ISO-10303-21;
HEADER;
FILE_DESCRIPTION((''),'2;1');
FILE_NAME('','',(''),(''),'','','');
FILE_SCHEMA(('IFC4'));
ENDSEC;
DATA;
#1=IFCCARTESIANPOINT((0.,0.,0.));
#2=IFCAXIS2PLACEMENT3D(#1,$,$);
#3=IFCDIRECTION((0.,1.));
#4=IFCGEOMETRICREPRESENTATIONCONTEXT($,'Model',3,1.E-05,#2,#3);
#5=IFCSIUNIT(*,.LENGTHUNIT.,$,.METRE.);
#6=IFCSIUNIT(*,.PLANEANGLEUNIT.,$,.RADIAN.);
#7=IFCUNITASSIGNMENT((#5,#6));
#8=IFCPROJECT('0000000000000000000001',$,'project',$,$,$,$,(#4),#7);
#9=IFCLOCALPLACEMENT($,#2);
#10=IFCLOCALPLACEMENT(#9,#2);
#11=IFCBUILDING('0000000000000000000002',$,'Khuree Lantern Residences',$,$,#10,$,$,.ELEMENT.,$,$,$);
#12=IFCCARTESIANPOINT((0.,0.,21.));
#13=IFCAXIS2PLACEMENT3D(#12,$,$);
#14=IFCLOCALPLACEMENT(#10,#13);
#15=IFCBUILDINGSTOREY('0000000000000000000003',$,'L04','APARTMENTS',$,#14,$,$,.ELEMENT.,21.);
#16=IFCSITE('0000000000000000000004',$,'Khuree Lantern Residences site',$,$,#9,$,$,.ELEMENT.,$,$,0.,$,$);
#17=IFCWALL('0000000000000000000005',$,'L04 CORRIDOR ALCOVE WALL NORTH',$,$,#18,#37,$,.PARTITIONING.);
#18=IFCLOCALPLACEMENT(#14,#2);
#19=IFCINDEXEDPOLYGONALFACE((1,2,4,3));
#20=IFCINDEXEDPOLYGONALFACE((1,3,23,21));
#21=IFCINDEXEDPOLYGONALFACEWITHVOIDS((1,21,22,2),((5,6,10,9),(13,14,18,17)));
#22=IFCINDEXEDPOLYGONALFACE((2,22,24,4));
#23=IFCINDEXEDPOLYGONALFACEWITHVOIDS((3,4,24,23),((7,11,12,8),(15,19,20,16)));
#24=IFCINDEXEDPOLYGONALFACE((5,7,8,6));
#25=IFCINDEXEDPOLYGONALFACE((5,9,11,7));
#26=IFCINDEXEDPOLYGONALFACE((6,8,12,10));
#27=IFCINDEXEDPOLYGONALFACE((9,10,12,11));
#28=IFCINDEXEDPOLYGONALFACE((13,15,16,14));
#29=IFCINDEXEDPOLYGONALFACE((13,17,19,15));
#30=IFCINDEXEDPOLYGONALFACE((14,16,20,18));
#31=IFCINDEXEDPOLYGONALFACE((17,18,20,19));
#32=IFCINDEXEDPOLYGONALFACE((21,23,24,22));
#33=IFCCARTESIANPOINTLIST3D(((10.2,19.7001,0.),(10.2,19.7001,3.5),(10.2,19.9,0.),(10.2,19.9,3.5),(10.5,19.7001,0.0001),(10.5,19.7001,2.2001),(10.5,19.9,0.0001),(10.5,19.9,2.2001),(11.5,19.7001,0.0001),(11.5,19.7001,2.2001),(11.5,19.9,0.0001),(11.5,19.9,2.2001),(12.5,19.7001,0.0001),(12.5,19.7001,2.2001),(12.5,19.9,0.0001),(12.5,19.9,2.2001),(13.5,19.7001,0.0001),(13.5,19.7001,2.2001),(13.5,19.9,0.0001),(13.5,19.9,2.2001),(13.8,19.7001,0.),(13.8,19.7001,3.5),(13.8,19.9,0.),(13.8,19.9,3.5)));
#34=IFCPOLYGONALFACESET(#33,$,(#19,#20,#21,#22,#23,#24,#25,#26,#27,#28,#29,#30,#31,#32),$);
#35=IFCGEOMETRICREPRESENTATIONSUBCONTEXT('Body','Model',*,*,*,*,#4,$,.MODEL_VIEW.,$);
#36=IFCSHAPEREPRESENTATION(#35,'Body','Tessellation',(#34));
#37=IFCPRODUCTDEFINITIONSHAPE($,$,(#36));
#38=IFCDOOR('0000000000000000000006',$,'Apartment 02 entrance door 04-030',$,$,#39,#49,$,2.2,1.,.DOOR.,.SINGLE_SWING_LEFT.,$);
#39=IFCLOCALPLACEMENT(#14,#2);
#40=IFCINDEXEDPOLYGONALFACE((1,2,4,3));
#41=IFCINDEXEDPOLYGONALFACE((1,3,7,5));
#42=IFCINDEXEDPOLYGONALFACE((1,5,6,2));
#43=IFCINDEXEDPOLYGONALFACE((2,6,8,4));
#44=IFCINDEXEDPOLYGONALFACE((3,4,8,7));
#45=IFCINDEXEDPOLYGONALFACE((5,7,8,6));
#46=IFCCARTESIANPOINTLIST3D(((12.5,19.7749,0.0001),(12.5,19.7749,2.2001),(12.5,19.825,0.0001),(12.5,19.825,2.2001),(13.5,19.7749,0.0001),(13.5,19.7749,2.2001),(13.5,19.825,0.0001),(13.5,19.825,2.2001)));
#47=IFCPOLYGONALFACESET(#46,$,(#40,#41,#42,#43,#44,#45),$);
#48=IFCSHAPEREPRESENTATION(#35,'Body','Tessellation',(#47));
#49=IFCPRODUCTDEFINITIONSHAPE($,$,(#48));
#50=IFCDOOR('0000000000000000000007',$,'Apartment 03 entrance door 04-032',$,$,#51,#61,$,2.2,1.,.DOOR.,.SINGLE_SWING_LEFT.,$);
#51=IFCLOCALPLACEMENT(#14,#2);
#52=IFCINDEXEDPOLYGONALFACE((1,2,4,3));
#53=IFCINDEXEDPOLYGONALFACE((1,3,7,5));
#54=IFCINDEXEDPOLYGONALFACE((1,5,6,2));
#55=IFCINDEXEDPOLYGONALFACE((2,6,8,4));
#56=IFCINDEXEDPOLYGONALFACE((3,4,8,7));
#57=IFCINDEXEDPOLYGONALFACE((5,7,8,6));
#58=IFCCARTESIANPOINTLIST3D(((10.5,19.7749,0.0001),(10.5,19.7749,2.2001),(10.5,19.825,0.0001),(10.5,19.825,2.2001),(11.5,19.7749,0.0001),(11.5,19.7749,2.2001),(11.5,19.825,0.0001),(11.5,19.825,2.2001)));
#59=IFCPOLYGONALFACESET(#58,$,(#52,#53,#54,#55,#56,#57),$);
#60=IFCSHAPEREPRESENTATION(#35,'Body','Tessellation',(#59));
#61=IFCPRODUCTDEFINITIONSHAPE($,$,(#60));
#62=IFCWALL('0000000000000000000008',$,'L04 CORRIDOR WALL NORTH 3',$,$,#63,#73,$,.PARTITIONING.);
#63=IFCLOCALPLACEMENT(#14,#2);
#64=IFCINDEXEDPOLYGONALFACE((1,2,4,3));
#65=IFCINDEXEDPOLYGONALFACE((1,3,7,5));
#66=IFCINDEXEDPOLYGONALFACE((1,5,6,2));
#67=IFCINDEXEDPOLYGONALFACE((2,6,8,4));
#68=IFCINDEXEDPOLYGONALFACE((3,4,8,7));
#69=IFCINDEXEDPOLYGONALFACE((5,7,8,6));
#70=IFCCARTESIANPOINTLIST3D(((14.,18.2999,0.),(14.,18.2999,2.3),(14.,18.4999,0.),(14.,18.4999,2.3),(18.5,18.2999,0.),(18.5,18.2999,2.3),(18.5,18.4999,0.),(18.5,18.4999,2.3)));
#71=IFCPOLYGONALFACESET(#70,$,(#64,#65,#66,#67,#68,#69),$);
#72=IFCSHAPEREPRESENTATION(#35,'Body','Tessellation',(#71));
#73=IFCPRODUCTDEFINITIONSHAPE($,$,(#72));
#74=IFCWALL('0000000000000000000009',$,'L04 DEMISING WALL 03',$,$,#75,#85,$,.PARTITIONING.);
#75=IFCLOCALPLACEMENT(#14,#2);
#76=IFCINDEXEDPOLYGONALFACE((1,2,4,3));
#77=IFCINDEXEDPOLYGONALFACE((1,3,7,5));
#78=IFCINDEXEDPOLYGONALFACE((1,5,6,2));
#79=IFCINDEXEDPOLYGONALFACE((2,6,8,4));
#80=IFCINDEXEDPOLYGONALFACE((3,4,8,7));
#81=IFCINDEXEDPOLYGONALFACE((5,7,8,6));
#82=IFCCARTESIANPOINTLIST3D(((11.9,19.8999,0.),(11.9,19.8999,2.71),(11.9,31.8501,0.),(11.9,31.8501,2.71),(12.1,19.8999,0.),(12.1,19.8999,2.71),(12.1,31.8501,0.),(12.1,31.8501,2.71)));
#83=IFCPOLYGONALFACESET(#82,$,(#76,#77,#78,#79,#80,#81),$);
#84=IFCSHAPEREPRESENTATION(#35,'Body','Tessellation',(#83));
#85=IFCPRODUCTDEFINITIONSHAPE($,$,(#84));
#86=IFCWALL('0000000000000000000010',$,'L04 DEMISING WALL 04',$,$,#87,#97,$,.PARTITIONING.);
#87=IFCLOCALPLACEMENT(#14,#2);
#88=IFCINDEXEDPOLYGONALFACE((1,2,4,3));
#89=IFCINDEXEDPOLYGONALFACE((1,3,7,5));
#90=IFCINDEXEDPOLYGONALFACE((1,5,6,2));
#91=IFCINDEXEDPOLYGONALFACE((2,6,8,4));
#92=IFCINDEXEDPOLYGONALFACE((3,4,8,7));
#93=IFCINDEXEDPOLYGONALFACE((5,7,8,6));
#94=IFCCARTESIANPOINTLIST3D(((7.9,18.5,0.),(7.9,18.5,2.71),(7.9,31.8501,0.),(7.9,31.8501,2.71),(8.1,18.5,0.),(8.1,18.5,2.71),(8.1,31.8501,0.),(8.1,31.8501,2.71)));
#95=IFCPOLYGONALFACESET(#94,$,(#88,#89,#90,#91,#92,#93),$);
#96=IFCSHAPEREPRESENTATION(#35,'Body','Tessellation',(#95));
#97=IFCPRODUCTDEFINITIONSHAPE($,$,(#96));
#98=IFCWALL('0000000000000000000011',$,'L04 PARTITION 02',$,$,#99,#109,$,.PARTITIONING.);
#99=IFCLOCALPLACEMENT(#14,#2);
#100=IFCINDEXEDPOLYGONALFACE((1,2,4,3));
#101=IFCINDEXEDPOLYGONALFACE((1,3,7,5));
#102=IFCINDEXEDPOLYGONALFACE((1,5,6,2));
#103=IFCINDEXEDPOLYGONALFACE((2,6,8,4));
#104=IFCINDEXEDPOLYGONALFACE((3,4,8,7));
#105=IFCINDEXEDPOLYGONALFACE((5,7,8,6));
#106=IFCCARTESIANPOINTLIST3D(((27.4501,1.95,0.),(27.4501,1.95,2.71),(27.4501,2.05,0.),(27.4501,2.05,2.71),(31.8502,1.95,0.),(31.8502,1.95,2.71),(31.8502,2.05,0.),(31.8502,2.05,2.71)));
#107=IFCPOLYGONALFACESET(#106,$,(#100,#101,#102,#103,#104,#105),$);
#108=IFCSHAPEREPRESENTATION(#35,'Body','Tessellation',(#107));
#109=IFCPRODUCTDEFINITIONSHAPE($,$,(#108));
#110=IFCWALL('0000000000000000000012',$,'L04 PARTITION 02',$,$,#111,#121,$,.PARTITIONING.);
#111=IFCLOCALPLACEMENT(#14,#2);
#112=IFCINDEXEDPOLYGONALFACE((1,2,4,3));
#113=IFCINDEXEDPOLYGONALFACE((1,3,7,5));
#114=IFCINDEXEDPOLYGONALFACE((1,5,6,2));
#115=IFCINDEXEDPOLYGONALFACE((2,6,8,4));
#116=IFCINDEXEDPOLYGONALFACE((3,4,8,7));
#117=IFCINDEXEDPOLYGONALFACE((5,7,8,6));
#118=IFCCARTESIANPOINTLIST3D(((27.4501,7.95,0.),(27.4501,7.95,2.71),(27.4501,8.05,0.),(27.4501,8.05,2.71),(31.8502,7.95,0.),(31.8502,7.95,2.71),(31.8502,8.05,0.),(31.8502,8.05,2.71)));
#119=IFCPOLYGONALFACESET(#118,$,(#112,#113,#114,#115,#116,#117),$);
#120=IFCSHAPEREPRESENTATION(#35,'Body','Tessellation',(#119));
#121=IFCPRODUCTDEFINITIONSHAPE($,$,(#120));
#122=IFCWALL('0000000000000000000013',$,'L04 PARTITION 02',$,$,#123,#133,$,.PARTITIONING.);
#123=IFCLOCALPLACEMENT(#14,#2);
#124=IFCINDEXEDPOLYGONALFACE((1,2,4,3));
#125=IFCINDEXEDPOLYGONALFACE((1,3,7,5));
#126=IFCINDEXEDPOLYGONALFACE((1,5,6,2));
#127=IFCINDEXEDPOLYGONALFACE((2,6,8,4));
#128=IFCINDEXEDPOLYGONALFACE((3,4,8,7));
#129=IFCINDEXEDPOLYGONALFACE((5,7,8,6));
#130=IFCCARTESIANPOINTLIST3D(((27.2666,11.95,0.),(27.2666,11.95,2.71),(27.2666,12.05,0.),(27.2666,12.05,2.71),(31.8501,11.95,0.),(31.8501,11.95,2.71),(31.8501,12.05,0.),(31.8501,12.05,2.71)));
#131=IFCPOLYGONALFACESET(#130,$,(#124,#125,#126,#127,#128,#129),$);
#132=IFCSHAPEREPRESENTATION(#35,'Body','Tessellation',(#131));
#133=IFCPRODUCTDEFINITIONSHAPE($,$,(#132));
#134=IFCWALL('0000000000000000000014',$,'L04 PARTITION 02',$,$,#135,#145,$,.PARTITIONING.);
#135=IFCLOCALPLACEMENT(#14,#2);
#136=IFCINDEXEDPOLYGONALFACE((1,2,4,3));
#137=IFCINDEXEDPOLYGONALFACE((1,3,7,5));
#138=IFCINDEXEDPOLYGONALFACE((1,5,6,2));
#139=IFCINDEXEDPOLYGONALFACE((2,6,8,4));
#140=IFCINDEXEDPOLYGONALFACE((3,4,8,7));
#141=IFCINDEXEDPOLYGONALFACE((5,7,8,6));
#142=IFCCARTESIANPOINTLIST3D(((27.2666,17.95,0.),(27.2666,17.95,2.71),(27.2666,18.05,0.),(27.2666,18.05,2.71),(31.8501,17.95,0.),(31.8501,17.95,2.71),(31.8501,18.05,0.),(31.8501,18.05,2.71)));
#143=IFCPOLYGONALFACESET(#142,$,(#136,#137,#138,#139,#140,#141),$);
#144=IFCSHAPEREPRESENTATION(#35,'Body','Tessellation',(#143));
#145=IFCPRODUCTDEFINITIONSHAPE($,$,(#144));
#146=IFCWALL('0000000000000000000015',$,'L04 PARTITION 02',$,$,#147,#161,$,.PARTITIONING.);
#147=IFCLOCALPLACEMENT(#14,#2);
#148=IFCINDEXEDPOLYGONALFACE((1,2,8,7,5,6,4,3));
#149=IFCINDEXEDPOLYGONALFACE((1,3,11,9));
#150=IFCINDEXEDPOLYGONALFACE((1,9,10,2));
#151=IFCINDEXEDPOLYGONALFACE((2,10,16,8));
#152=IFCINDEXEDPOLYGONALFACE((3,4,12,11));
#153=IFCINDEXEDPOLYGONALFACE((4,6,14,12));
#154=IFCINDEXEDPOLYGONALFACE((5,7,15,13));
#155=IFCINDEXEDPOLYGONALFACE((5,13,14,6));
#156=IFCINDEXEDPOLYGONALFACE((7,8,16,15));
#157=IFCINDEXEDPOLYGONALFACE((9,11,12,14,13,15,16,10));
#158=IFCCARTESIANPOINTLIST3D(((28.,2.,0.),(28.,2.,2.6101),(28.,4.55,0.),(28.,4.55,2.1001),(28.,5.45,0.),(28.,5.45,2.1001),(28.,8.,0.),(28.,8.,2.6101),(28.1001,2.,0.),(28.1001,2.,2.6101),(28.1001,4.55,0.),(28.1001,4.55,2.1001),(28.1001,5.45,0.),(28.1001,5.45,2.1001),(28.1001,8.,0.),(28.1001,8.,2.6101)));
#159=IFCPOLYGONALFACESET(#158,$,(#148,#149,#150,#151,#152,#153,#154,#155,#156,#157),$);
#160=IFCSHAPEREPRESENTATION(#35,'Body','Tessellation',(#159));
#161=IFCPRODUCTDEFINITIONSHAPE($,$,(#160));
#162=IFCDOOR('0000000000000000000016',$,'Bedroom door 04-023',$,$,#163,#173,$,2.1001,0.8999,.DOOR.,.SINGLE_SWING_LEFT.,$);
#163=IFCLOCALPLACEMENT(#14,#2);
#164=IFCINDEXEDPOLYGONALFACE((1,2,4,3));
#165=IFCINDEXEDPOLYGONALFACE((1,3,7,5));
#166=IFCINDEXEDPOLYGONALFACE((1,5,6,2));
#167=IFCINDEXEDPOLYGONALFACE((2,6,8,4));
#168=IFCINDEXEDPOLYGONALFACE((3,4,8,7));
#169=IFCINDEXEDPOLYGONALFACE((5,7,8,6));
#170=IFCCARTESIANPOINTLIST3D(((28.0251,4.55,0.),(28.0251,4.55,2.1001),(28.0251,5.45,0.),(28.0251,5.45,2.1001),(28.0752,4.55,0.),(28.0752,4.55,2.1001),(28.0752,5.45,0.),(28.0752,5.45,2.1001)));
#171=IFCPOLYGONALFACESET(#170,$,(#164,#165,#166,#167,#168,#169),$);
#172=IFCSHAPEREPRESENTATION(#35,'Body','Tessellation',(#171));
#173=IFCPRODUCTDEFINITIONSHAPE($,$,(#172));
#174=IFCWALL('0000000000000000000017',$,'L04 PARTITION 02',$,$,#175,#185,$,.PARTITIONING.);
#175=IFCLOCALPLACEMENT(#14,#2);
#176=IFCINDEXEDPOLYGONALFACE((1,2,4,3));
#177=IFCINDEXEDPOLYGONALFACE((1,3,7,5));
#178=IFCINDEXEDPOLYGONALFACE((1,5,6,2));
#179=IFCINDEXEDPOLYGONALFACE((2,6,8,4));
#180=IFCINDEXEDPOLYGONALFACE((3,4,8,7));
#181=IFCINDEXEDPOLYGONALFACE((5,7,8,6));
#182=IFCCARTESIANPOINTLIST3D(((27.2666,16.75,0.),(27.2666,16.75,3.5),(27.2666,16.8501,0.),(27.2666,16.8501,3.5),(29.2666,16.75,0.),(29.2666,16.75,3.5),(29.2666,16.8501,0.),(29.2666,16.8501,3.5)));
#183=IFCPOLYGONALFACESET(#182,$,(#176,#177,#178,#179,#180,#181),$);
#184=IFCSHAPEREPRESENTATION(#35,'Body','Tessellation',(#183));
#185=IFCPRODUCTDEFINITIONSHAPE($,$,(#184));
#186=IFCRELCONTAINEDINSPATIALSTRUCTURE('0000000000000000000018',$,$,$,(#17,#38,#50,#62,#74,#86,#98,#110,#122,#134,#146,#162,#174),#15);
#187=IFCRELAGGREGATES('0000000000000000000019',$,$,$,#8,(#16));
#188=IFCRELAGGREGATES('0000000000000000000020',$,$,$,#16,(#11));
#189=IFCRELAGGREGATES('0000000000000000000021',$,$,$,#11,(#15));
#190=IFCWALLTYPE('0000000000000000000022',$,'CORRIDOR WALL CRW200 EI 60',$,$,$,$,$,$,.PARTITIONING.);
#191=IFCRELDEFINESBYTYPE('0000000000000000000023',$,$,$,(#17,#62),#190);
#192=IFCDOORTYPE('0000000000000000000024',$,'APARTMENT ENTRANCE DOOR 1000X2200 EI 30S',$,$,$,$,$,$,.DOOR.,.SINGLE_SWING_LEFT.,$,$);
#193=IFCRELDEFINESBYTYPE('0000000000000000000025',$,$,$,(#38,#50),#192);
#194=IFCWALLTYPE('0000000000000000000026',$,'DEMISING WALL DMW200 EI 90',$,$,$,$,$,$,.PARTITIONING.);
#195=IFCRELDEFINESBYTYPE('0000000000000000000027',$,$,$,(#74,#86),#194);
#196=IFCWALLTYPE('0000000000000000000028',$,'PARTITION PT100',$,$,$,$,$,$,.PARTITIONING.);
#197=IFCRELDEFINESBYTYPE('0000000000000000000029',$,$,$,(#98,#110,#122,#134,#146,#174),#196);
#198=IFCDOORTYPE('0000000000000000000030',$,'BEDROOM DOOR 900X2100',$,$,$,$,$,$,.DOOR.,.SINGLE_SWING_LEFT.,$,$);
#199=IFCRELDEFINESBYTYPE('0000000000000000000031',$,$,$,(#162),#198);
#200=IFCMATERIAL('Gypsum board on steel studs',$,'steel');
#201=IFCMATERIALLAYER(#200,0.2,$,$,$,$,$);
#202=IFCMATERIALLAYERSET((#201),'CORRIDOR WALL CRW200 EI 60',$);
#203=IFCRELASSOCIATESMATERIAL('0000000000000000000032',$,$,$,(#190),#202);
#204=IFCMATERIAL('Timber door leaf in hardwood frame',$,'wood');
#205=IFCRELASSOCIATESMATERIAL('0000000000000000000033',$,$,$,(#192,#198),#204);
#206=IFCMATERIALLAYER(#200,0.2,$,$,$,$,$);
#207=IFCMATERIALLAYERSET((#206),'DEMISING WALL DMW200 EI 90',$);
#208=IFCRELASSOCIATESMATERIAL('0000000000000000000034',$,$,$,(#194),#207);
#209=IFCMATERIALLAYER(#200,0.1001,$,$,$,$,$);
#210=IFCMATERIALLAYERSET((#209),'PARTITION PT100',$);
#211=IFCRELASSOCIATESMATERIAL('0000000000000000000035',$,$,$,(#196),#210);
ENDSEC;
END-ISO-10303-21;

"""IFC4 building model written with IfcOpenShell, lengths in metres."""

from ifc_helpers import new_model, si_unit, direction, frame, frame_2d, origin, place, context, subcontext, project, spatial, rectangle, extrude, material, layer, layer_set, type_object, element, fill, save


model = new_model("IFC4")

# Units and contexts
model_context = context("Model", 3, precision=1e-05, world=origin(), true_north=direction((0.0, 1.0)))
body_context = subcontext(model_context, "Body", "Model", "MODEL_VIEW")
ifc_project = project(units=[si_unit("LENGTHUNIT", "METRE"), si_unit("PLANEANGLEUNIT", "RADIAN")], contexts=[model_context])

# Site, building, storey
site_placement = place(None, origin())
site = spatial("IfcSite", under=ifc_project, at=site_placement, Name="Khuree Lantern Residences site", CompositionType="ELEMENT", RefElevation=0.0)
building_placement = place(site_placement, origin())
building = spatial("IfcBuilding", under=site, at=building_placement, Name="Khuree Lantern Residences", CompositionType="ELEMENT")
storey_placement = place(building_placement, frame((0.0, 0.0, 21.0)))
storey = spatial("IfcBuildingStorey", under=building, at=storey_placement, Name="L04", Description="APARTMENTS", CompositionType="ELEMENT", Elevation=21.0)

# Shared definitions
ifc_material_1 = material(Name="Gypsum board on steel studs", Category="steel")
ifc_layer_1 = layer(ifc_material_1, 0.2)
ifc_layer_set_1 = layer_set([ifc_layer_1], Name="CORRIDOR WALL CRW200 EI 60")
wall_type_1 = type_object("IfcWallType", Name="CORRIDOR WALL CRW200 EI 60", PredefinedType="PARTITIONING", material=ifc_layer_set_1)

# Wall, openings, doors
wall_1_placement = place(storey_placement, frame((10.2, 19.8, 0.0), z_axis=(0.0, 0.0, 1.0), x_axis=(1.0, 0.0, 0.0)))
wall_1 = element("IfcWall", 1, at=wall_1_placement, inside=storey, type_object=wall_type_1, Name="L04 CORRIDOR ALCOVE WALL NORTH", PredefinedType="PARTITIONING", context=body_context, shape_type="SweptSolid", body=[
    extrude(rectangle(XDim=3.6001, YDim=0.2, at=frame_2d((1.8, 0.0))), origin(), (0.0, 0.0, 1.0), 3.5),
])
opening_1_placement = place(wall_1_placement, frame((2.3, 0.0, 0.0)))
opening_1 = element("IfcOpeningElement", 2, at=opening_1_placement, cuts=wall_1, PredefinedType="OPENING", context=body_context, shape_type="SweptSolid", body=[
    extrude(rectangle(XDim=1.0, YDim=2.2, at=frame_2d((0.5, 1.1001))), frame((0.0, 0.1099, 0.0), z_axis=(0.0, -1.0, 0.0), x_axis=(1.0, 0.0, 0.0)), (0.0, 0.0, 1.0), 0.22),
])
opening_2_placement = place(wall_1_placement, frame((0.3, 0.0, 0.0)))
opening_2 = element("IfcOpeningElement", 3, at=opening_2_placement, cuts=wall_1, PredefinedType="OPENING", context=body_context, shape_type="SweptSolid", body=[
    extrude(rectangle(XDim=1.0, YDim=2.2, at=frame_2d((0.5, 1.1001))), frame((0.0, 0.1099, 0.0), z_axis=(0.0, -1.0, 0.0), x_axis=(1.0, 0.0, 0.0)), (0.0, 0.0, 1.0), 0.22),
])
ifc_material_2 = material(Name="Timber door leaf in hardwood frame", Category="wood")
door_type_1 = type_object("IfcDoorType", Name="APARTMENT ENTRANCE DOOR 1000X2200 EI 30S", OperationType="SINGLE_SWING_LEFT", PredefinedType="DOOR", material=ifc_material_2)
door_1_placement = place(opening_1_placement, origin())
door_1 = element("IfcDoor", 4, at=door_1_placement, inside=storey, type_object=door_type_1, Name="Apartment 02 entrance door 04-030", OperationType="SINGLE_SWING_LEFT", OverallHeight=2.2, OverallWidth=1.0, PredefinedType="DOOR", context=body_context, shape_type="SweptSolid", body=[
    extrude(rectangle(XDim=1.0, YDim=2.2, at=frame_2d((0.5, 1.1001))), frame((0.0, 0.0249, 0.0), z_axis=(0.0, -1.0, 0.0), x_axis=(1.0, 0.0, 0.0)), (0.0, 0.0, 1.0), 0.05),
])
fill(opening_1, door_1)
door_2_placement = place(opening_2_placement, origin())
door_2 = element("IfcDoor", 5, at=door_2_placement, inside=storey, type_object=door_type_1, Name="Apartment 03 entrance door 04-032", OperationType="SINGLE_SWING_LEFT", OverallHeight=2.2, OverallWidth=1.0, PredefinedType="DOOR", context=body_context, shape_type="SweptSolid", body=[
    extrude(rectangle(XDim=1.0, YDim=2.2, at=frame_2d((0.5, 1.1001))), frame((0.0, 0.0249, 0.0), z_axis=(0.0, -1.0, 0.0), x_axis=(1.0, 0.0, 0.0)), (0.0, 0.0, 1.0), 0.05),
])
fill(opening_2, door_2)

# Walls
wall_2_placement = place(storey_placement, frame((14.0, 18.3999, 0.0), z_axis=(0.0, 0.0, 1.0), x_axis=(1.0, 0.0, 0.0)))
element("IfcWall", 6, at=wall_2_placement, inside=storey, type_object=wall_type_1, Name="L04 CORRIDOR WALL NORTH 3", PredefinedType="PARTITIONING", context=body_context, shape_type="SweptSolid", body=[
    extrude(rectangle(XDim=4.5, YDim=0.2, at=frame_2d((2.25, 0.0))), origin(), (0.0, 0.0, 1.0), 2.3),
])
ifc_layer_2 = layer(ifc_material_1, 0.2)
ifc_layer_set_2 = layer_set([ifc_layer_2], Name="DEMISING WALL DMW200 EI 90")
wall_type_2 = type_object("IfcWallType", Name="DEMISING WALL DMW200 EI 90", PredefinedType="PARTITIONING", material=ifc_layer_set_2)
wall_3_placement = place(storey_placement, frame((12.0, 19.8999, 0.0), z_axis=(0.0, 0.0, 1.0), x_axis=(0.0, 1.0, 0.0)))
element("IfcWall", 7, at=wall_3_placement, inside=storey, type_object=wall_type_2, Name="L04 DEMISING WALL 03", PredefinedType="PARTITIONING", context=body_context, shape_type="SweptSolid", body=[
    extrude(rectangle(XDim=11.9502, YDim=0.2, at=frame_2d((5.9751, 0.0))), origin(), (0.0, 0.0, 1.0), 2.71),
])
wall_4_placement = place(storey_placement, frame((8.0, 18.5, 0.0), z_axis=(0.0, 0.0, 1.0), x_axis=(0.0, 1.0, 0.0)))
element("IfcWall", 8, at=wall_4_placement, inside=storey, type_object=wall_type_2, Name="L04 DEMISING WALL 04", PredefinedType="PARTITIONING", context=body_context, shape_type="SweptSolid", body=[
    extrude(rectangle(XDim=13.3501, YDim=0.2, at=frame_2d((6.675, 0.0))), origin(), (0.0, 0.0, 1.0), 2.71),
])
ifc_layer_3 = layer(ifc_material_1, 0.1001)
ifc_layer_set_3 = layer_set([ifc_layer_3], Name="PARTITION PT100")
wall_type_3 = type_object("IfcWallType", Name="PARTITION PT100", PredefinedType="PARTITIONING", material=ifc_layer_set_3)
for number, where, z_axis, x_axis, name in (
    (9, (27.45, 2.0, 0.0), (0.0, 0.0, 1.0), (1.0, 0.0, 0.0), "L04 PARTITION 02"),
    (10, (27.45, 8.0, 0.0), (0.0, 0.0, 1.0), (1.0, 0.0, 0.0), "L04 PARTITION 02"),
):
    element("IfcWall", number, at=place(storey_placement, frame(where, z_axis=z_axis, x_axis=x_axis)), inside=storey, type_object=wall_type_3, Name=name, PredefinedType="PARTITIONING", context=body_context, shape_type="SweptSolid", body=[
        extrude(rectangle(XDim=4.4001, YDim=0.1001, at=frame_2d((2.2002, 0.0))), origin(), (0.0, 0.0, 1.0), 2.71),
    ])
for number, where, z_axis, x_axis, name in (
    (11, (27.2666, 12.0, 0.0), (0.0, 0.0, 1.0), (1.0, 0.0, 0.0), "L04 PARTITION 02"),
    (12, (27.2666, 18.0, 0.0), (0.0, 0.0, 1.0), (1.0, 0.0, 0.0), "L04 PARTITION 02"),
):
    element("IfcWall", number, at=place(storey_placement, frame(where, z_axis=z_axis, x_axis=x_axis)), inside=storey, type_object=wall_type_3, Name=name, PredefinedType="PARTITIONING", context=body_context, shape_type="SweptSolid", body=[
        extrude(rectangle(XDim=4.5835, YDim=0.1001, at=frame_2d((2.2917, 0.0))), origin(), (0.0, 0.0, 1.0), 2.71),
    ])

# Wall, opening, door
wall_5_placement = place(storey_placement, frame((28.05, 2.0, 0.0), z_axis=(0.0, 0.0, 1.0), x_axis=(0.0, 1.0, 0.0)))
wall_5 = element("IfcWall", 13, at=wall_5_placement, inside=storey, type_object=wall_type_3, Name="L04 PARTITION 02", PredefinedType="PARTITIONING", context=body_context, shape_type="SweptSolid", body=[
    extrude(rectangle(XDim=6.0, YDim=0.1001, at=frame_2d((3.0, 0.0))), origin(), (0.0, 0.0, 1.0), 2.6101),
])
opening_3_placement = place(wall_5_placement, frame((2.55, 0.0, 0.0)))
opening_3 = element("IfcOpeningElement", 14, at=opening_3_placement, cuts=wall_5, PredefinedType="OPENING", context=body_context, shape_type="SweptSolid", body=[
    extrude(rectangle(XDim=0.8999, YDim=2.1001, at=frame_2d((0.45, 1.05))), frame((0.0, 0.0601, 0.0), z_axis=(0.0, -1.0, 0.0), x_axis=(1.0, 0.0, 0.0)), (0.0, 0.0, 1.0), 0.1201),
])
door_type_2 = type_object("IfcDoorType", Name="BEDROOM DOOR 900X2100", OperationType="SINGLE_SWING_LEFT", PredefinedType="DOOR", material=ifc_material_2)
door_3_placement = place(opening_3_placement, origin())
door_3 = element("IfcDoor", 15, at=door_3_placement, inside=storey, type_object=door_type_2, Name="Bedroom door 04-023", OperationType="SINGLE_SWING_LEFT", OverallHeight=2.1001, OverallWidth=0.8999, PredefinedType="DOOR", context=body_context, shape_type="SweptSolid", body=[
    extrude(rectangle(XDim=0.8999, YDim=2.1001, at=frame_2d((0.45, 1.05))), frame((0.0, 0.0249, 0.0), z_axis=(0.0, -1.0, 0.0), x_axis=(1.0, 0.0, 0.0)), (0.0, 0.0, 1.0), 0.05),
])
fill(opening_3, door_3)

# Wall
wall_6_placement = place(storey_placement, frame((27.2666, 16.8, 0.0), z_axis=(0.0, 0.0, 1.0), x_axis=(1.0, 0.0, 0.0)))
element("IfcWall", 16, at=wall_6_placement, inside=storey, type_object=wall_type_3, Name="L04 PARTITION 02", PredefinedType="PARTITIONING", context=body_context, shape_type="SweptSolid", body=[
    extrude(rectangle(XDim=2.0, YDim=0.1001, at=frame_2d((1.0, 0.0))), origin(), (0.0, 0.0, 1.0), 3.5),
])

save(model, "model.ifc")
